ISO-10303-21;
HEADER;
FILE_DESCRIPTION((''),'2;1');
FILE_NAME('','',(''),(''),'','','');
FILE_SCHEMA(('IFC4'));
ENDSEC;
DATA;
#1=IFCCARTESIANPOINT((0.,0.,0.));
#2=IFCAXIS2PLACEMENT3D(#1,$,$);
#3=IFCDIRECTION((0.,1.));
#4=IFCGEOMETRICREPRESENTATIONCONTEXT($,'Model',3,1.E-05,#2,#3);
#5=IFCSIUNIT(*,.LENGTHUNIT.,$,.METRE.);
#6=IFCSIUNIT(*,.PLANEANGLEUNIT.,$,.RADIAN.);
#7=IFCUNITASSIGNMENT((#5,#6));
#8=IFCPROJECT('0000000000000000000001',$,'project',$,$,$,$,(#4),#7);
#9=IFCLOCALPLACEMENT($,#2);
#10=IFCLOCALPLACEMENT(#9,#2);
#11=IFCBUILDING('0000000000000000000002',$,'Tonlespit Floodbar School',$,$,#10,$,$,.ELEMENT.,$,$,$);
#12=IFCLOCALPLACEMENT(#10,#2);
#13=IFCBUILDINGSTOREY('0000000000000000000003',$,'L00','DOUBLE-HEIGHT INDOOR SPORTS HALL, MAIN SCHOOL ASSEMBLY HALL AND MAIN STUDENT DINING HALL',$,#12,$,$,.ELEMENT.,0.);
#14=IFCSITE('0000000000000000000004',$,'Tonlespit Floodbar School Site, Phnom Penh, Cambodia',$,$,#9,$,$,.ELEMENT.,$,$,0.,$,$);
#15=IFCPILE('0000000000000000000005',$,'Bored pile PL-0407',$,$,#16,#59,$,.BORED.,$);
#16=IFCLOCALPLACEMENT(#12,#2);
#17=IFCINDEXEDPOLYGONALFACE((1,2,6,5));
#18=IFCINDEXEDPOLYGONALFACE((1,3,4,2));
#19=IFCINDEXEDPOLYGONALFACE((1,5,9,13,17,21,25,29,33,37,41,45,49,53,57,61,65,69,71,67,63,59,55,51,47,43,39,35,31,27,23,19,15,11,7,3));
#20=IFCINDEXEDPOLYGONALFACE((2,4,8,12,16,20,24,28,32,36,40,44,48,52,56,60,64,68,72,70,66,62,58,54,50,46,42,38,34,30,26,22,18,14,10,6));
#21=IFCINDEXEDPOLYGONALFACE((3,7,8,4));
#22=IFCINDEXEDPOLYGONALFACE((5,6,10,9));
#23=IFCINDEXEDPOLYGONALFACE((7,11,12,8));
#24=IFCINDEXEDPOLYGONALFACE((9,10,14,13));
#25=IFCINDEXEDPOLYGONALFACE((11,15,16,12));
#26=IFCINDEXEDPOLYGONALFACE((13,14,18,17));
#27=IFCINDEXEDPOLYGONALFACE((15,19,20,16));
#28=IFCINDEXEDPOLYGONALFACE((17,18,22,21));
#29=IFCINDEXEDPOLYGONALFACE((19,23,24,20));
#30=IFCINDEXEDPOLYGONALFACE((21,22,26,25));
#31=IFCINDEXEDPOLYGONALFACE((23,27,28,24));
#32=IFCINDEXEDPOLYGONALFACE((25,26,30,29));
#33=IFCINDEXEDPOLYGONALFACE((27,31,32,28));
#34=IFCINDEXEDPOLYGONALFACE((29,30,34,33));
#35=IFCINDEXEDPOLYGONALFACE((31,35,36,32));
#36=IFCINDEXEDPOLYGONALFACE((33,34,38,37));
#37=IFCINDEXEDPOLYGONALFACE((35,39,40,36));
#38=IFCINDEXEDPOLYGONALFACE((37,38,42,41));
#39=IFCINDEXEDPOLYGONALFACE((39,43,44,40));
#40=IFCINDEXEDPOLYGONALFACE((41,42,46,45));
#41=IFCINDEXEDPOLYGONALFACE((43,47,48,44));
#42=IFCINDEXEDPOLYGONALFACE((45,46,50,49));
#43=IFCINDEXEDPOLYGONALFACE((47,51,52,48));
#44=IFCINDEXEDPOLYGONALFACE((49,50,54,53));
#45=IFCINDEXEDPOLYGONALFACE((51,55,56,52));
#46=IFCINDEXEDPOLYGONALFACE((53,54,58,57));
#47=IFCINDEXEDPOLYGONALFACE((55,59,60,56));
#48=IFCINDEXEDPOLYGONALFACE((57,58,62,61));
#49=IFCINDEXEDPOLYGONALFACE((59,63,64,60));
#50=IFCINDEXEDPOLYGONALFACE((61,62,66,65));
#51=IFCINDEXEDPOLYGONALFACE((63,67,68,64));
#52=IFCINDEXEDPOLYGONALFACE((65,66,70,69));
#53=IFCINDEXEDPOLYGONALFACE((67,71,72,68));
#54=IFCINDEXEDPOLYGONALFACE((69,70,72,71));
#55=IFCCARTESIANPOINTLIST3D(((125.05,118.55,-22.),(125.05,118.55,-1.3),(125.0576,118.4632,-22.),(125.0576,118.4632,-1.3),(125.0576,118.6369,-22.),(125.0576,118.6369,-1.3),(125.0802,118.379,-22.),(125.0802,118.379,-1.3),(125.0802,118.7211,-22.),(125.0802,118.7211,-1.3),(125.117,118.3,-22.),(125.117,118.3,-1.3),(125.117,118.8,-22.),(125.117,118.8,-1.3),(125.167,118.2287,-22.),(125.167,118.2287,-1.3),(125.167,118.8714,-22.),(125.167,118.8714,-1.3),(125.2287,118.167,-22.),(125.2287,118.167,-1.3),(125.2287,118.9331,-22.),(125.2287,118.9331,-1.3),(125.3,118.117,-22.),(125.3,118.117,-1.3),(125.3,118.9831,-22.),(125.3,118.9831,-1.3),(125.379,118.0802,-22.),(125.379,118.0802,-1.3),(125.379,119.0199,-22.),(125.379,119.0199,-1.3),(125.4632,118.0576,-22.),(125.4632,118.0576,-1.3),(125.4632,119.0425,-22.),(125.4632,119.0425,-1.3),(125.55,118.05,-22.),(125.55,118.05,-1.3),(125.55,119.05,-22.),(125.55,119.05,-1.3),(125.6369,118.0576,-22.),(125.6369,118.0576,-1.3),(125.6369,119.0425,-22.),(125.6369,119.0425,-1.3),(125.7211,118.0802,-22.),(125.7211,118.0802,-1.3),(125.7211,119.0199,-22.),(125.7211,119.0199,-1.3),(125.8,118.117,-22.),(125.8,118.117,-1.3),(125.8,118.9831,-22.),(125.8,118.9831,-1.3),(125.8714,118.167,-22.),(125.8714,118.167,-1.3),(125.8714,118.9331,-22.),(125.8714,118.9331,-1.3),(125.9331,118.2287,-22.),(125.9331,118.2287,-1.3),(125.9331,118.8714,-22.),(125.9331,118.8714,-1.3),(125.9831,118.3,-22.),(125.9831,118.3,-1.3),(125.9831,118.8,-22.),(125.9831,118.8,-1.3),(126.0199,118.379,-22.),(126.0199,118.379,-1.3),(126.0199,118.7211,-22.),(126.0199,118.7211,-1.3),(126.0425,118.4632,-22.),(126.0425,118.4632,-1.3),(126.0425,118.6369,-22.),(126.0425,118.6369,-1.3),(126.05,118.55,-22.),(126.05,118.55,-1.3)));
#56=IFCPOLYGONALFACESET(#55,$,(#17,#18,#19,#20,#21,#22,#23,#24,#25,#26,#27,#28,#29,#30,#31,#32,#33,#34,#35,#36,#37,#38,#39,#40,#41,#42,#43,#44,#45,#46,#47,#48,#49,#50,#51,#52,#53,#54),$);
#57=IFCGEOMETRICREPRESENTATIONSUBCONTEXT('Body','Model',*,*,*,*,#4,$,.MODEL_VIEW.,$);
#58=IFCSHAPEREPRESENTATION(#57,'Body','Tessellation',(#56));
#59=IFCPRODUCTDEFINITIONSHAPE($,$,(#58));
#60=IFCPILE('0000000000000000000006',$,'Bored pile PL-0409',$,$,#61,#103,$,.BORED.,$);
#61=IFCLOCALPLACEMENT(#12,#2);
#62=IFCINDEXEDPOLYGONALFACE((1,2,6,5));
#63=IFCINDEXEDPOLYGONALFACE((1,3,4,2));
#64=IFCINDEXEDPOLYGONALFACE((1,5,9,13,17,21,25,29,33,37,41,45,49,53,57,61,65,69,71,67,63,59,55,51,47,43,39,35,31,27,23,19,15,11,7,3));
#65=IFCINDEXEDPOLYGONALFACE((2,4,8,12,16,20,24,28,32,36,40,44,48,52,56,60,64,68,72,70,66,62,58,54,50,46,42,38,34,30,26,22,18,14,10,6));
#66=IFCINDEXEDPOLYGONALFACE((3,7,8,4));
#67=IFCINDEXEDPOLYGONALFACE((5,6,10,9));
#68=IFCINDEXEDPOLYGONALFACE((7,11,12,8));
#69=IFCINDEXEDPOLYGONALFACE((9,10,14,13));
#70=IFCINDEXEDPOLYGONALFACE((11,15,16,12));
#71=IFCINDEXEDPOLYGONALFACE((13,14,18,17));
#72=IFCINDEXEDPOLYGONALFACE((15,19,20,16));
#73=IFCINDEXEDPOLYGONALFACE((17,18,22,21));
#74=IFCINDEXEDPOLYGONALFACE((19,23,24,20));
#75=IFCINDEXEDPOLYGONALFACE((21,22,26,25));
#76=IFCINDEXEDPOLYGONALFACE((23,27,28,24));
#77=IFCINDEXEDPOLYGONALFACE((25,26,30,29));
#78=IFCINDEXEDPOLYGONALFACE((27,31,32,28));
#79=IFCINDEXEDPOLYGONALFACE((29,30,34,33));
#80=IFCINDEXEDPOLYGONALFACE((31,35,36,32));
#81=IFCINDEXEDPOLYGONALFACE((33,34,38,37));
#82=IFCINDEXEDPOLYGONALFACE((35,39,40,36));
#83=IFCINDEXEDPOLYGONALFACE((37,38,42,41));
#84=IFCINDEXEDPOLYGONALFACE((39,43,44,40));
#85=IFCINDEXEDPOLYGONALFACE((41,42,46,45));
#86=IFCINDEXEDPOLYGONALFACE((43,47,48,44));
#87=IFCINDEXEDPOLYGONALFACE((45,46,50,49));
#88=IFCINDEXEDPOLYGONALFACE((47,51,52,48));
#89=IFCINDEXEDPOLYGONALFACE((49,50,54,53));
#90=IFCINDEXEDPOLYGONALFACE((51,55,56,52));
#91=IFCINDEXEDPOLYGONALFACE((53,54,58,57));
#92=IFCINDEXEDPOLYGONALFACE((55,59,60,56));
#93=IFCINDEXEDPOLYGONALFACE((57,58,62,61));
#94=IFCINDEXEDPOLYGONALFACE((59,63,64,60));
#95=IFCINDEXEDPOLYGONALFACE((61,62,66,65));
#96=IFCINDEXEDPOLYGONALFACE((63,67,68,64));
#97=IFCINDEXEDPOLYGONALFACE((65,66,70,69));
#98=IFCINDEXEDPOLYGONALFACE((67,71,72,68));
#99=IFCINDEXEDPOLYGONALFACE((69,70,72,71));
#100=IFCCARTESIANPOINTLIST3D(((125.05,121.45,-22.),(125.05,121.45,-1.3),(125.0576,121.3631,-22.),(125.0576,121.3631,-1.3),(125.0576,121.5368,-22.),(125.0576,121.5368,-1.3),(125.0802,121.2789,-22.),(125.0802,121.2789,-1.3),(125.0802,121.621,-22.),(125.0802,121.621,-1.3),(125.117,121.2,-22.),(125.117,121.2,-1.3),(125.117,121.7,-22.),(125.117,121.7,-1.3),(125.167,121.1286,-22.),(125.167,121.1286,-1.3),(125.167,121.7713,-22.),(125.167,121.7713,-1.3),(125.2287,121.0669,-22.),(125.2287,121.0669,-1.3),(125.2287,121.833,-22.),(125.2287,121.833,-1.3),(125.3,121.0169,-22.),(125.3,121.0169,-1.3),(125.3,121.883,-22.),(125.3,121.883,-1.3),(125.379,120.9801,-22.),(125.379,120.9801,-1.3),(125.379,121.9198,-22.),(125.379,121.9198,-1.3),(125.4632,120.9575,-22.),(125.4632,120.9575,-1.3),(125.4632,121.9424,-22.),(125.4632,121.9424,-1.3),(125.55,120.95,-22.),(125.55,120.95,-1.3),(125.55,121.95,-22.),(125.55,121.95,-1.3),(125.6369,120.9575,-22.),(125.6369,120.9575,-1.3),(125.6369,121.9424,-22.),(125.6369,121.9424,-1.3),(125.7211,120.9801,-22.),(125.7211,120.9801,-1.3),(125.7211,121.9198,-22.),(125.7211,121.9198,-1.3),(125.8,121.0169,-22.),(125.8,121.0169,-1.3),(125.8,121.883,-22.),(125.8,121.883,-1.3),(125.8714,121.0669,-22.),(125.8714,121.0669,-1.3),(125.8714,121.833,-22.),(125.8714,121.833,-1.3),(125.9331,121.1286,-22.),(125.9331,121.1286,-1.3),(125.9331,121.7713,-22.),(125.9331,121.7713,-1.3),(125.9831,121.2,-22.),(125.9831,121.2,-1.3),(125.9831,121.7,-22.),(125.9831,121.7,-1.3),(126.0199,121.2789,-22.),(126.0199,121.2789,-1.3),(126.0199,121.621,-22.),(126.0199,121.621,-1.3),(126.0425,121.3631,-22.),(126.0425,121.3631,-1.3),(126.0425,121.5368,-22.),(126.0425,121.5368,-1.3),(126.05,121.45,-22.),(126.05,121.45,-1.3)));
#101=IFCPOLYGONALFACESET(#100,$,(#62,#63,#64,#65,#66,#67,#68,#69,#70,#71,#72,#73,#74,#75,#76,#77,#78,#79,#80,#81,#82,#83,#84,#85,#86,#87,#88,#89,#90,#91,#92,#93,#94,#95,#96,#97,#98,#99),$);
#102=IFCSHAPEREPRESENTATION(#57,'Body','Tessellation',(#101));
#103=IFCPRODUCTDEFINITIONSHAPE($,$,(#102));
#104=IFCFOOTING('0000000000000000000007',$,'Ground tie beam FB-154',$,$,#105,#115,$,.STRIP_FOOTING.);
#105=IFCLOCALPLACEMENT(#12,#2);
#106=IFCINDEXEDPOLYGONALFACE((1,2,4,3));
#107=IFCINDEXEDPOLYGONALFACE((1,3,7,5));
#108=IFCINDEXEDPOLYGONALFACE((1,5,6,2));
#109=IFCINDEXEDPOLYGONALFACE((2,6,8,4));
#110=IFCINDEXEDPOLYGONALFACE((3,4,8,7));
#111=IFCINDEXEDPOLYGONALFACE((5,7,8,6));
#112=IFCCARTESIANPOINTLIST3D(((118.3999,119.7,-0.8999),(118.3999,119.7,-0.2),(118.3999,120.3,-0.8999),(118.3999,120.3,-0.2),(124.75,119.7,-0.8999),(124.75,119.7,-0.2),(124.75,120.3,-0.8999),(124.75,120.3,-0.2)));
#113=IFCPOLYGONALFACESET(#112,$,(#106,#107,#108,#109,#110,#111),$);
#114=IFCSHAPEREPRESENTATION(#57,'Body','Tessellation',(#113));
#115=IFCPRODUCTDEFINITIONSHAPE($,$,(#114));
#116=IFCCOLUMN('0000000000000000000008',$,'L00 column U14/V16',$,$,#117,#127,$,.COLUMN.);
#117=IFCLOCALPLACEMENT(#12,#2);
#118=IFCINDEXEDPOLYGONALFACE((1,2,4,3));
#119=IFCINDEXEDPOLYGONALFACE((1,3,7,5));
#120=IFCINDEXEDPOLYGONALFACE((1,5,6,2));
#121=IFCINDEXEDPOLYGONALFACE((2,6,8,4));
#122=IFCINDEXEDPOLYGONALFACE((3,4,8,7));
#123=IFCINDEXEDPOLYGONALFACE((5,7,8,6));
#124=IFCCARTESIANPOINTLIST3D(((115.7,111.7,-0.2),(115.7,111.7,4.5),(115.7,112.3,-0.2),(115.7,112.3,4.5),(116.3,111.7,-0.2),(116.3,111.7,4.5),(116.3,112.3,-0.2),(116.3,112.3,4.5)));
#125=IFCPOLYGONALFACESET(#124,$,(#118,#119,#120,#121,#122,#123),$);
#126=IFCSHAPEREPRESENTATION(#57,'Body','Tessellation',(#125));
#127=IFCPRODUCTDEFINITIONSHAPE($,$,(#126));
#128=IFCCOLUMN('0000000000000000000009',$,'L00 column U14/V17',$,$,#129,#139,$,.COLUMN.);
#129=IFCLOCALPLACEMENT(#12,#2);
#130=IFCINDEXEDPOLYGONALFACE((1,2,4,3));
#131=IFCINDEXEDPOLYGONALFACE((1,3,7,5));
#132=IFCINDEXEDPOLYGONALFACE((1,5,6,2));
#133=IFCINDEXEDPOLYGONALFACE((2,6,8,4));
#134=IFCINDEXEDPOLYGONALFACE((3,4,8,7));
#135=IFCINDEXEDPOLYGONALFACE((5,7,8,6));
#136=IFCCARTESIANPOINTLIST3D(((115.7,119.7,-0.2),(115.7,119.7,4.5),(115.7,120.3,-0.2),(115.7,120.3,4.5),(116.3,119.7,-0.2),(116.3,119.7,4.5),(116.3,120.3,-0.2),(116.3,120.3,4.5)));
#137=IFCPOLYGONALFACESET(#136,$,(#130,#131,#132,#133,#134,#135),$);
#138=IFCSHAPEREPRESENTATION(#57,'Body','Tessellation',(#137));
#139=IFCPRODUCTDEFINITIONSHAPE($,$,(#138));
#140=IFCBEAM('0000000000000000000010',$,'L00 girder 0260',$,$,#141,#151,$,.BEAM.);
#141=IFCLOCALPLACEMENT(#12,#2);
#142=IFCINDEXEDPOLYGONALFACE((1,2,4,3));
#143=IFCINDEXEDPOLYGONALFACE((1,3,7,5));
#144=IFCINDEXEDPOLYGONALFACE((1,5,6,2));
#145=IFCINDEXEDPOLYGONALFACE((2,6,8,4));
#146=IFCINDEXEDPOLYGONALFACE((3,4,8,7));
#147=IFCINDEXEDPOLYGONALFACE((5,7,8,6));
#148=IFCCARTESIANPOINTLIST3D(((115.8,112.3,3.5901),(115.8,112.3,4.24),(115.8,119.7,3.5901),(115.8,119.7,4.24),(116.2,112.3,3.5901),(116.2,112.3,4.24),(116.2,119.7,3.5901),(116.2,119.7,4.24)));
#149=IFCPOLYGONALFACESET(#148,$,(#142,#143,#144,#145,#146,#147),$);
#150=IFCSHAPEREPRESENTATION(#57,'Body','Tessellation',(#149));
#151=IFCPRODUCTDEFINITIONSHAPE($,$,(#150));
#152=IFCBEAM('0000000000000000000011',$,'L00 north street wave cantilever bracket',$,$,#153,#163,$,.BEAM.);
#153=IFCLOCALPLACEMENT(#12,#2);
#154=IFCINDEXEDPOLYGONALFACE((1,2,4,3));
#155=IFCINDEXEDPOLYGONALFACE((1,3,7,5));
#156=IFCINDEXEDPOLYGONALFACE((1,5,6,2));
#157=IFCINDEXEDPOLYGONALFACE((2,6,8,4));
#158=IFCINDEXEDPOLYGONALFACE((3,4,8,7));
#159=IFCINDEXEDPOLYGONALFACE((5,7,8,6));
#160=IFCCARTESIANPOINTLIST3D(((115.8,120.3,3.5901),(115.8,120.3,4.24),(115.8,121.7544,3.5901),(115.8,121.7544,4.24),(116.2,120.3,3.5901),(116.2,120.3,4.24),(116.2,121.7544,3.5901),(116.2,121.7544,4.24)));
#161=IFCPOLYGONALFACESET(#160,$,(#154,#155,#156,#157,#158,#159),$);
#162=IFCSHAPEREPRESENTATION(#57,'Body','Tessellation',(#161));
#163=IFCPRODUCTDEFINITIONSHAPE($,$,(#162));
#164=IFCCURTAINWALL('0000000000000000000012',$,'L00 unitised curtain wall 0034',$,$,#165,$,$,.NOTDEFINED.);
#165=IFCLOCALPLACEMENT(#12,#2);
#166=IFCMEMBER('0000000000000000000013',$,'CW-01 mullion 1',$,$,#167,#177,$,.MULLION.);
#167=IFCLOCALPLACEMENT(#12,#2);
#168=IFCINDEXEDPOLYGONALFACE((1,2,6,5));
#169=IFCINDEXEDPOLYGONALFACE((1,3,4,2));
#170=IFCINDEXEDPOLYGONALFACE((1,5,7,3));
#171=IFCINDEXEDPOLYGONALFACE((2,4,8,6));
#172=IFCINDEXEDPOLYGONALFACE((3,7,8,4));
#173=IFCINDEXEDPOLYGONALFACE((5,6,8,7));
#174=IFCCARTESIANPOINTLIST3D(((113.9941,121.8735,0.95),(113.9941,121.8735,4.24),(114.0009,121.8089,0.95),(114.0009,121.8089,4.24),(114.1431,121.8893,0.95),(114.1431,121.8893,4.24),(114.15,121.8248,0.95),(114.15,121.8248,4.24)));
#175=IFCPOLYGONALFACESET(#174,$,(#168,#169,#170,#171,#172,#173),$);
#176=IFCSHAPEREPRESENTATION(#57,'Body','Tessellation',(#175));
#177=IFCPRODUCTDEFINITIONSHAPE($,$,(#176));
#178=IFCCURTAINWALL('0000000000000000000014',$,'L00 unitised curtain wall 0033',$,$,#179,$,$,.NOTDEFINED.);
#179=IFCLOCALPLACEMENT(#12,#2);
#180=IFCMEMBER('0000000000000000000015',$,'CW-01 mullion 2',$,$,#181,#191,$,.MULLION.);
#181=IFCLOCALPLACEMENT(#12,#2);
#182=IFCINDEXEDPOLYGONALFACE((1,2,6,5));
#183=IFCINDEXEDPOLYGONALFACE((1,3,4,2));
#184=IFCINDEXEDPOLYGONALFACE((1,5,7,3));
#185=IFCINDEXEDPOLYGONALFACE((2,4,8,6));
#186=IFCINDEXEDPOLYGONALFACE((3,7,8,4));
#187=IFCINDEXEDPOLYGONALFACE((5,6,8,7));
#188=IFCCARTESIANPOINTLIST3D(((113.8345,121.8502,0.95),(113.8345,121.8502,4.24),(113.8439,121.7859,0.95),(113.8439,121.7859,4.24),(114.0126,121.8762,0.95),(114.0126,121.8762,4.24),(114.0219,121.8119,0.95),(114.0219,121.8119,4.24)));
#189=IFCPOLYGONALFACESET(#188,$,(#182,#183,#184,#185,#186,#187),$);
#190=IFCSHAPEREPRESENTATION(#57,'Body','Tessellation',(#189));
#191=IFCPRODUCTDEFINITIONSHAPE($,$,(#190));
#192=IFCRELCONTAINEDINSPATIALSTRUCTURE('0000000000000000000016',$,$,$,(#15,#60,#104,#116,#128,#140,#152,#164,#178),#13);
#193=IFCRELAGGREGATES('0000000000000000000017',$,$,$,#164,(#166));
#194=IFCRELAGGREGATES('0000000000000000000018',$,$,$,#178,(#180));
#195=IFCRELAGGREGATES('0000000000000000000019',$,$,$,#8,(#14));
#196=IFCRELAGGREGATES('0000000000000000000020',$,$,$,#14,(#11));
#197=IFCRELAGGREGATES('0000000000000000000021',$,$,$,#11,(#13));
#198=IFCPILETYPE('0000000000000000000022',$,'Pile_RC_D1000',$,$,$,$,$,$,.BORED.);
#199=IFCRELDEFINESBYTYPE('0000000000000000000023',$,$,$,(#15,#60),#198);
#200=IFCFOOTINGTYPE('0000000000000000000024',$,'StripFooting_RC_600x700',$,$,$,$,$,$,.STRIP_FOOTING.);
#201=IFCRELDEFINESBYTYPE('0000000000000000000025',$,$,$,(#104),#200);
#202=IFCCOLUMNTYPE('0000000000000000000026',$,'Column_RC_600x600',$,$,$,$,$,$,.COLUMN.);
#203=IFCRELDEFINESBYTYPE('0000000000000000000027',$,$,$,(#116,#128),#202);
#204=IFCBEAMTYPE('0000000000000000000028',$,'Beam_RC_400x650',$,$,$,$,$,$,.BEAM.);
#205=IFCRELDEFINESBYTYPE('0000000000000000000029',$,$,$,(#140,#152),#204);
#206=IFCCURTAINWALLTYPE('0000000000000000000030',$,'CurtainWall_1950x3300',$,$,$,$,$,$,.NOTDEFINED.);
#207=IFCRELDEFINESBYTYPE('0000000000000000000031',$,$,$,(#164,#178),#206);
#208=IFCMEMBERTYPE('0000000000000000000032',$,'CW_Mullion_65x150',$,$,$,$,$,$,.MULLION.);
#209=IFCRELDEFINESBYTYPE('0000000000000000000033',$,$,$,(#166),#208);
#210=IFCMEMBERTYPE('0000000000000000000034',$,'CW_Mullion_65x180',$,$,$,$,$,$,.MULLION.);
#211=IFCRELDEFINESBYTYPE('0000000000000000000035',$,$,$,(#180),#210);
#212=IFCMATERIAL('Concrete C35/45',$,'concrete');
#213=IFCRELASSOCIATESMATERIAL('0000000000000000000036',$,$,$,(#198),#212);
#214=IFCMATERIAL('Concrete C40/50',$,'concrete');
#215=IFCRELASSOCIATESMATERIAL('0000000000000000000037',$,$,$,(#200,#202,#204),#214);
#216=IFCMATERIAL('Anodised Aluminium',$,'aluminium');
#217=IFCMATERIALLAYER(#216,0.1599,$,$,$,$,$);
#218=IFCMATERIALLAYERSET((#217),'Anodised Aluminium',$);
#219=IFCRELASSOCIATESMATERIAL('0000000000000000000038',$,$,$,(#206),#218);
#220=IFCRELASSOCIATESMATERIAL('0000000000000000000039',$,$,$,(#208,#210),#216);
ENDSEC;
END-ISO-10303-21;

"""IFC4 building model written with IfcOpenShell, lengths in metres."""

from ifc_helpers import new_model, si_unit, direction, frame, origin, origin_2d, place, context, subcontext, project, spatial, rectangle, circle, extrude, material, layer, layer_set, material_profile, profile_set, type_object, element, aggregate, save


model = new_model("IFC4")

# Units and contexts
model_context = context("Model", 3, precision=1e-05, world=origin(), true_north=direction((0.0, 1.0)))
body_context = subcontext(model_context, "Body", "Model", "MODEL_VIEW")
ifc_project = project(units=[si_unit("LENGTHUNIT", "METRE"), si_unit("PLANEANGLEUNIT", "RADIAN")], contexts=[model_context])

# Site, building, storey
site_placement = place(None, origin())
site = spatial("IfcSite", under=ifc_project, at=site_placement, Name="Tonlespit Floodbar School Site, Phnom Penh, Cambodia", CompositionType="ELEMENT", RefElevation=0.0)
building_placement = place(site_placement, origin())
building = spatial("IfcBuilding", under=site, at=building_placement, Name="Tonlespit Floodbar School", CompositionType="ELEMENT")
storey_placement = place(building_placement, origin())
storey = spatial("IfcBuildingStorey", under=building, at=storey_placement, Name="L00", Description="DOUBLE-HEIGHT INDOOR SPORTS HALL, MAIN SCHOOL ASSEMBLY HALL AND MAIN STUDENT DINING HALL", CompositionType="ELEMENT", Elevation=0.0)

# Shared definitions
ifc_material_1 = material(Name="Concrete C40/50", Category="concrete")

# Piles
ifc_material_2 = material(Name="Concrete C35/45", Category="concrete")
ifc_material_profile_1 = material_profile(ifc_material_2, circle(Radius=0.5, at=origin_2d()), Name="BP D1000")
ifc_profile_set_1 = profile_set([ifc_material_profile_1], Name="Concrete C35/45")
pile_type = type_object("IfcPileType", Name="Pile_RC_D1000", PredefinedType="BORED", material=ifc_profile_set_1)
for number, where, z_axis, x_axis, name in (
    (1, (125.55, 118.55, -1.3), (0.0, 0.0, -1.0), (1.0, 0.0, 0.0), "Bored pile PL-0407"),
    (2, (125.55, 121.45, -1.3), (0.0, 0.0, -1.0), (1.0, 0.0, 0.0), "Bored pile PL-0409"),
):
    element("IfcPile", number, at=place(storey_placement, frame(where, z_axis=z_axis, x_axis=x_axis)), inside=storey, type_object=pile_type, Name=name, PredefinedType="BORED", context=body_context, shape_type="SweptSolid", body=[
        extrude(circle(Radius=0.5, at=origin_2d()), origin(), (0.0, 0.0, 1.0), 20.7),
    ])

# Footing
footing_type_1 = type_object("IfcFootingType", Name="StripFooting_RC_600x700", PredefinedType="STRIP_FOOTING", material=ifc_material_1)
footing_1_placement = place(storey_placement, frame((121.575, 120.0, -0.8999), z_axis=(0.0, 0.0, 1.0), x_axis=(1.0, 0.0, 0.0)))
element("IfcFooting", 3, at=footing_1_placement, inside=storey, type_object=footing_type_1, Name="Ground tie beam FB-154", PredefinedType="STRIP_FOOTING", context=body_context, shape_type="SweptSolid", body=[
    extrude(rectangle(XDim=6.3501, YDim=0.6001, at=origin_2d()), origin(), (0.0, 0.0, 1.0), 0.7),
])

# Columns
ifc_material_profile_2 = material_profile(ifc_material_1, rectangle(XDim=0.6001, YDim=0.6001, at=origin_2d()), Name="RC 600x600")
ifc_profile_set_2 = profile_set([ifc_material_profile_2], Name="Concrete C40/50")
column_type = type_object("IfcColumnType", Name="Column_RC_600x600", PredefinedType="COLUMN", material=ifc_profile_set_2)
for number, where, z_axis, x_axis, name in (
    (4, (116.0, 112.0, -0.2), (0.0, 0.0, 1.0), (1.0, 0.0, 0.0), "L00 column U14/V16"),
    (5, (116.0, 120.0, -0.2), (0.0, 0.0, 1.0), (1.0, 0.0, 0.0), "L00 column U14/V17"),
):
    element("IfcColumn", number, at=place(storey_placement, frame(where, z_axis=z_axis, x_axis=x_axis)), inside=storey, type_object=column_type, Name=name, PredefinedType="COLUMN", context=body_context, shape_type="SweptSolid", body=[
        extrude(rectangle(XDim=0.6001, YDim=0.6001, at=origin_2d()), origin(), (0.0, 0.0, 1.0), 4.7),
    ])

# Beams
ifc_material_profile_3 = material_profile(ifc_material_1, rectangle(XDim=0.3999, YDim=0.6499, at=origin_2d()), Name="RC 400x650")
ifc_profile_set_3 = profile_set([ifc_material_profile_3], Name="Concrete C40/50")
beam_type_1 = type_object("IfcBeamType", Name="Beam_RC_400x650", PredefinedType="BEAM", material=ifc_profile_set_3)
beam_1_placement = place(storey_placement, frame((116.0, 112.3, 3.915), z_axis=(0.0, 1.0, 0.0), x_axis=(-1.0, 0.0, 0.0)))
element("IfcBeam", 6, at=beam_1_placement, inside=storey, type_object=beam_type_1, Name="L00 girder 0260", PredefinedType="BEAM", context=body_context, shape_type="SweptSolid", body=[
    extrude(rectangle(XDim=0.3999, YDim=0.6499, at=origin_2d()), origin(), (0.0, 0.0, 1.0), 7.3999),
])
beam_2_placement = place(storey_placement, frame((116.0, 120.3, 3.915), z_axis=(0.0, 1.0, 0.0), x_axis=(-1.0, 0.0, 0.0)))
element("IfcBeam", 7, at=beam_2_placement, inside=storey, type_object=beam_type_1, Name="L00 north street wave cantilever bracket", PredefinedType="BEAM", context=body_context, shape_type="SweptSolid", body=[
    extrude(rectangle(XDim=0.3999, YDim=0.6499, at=origin_2d()), origin(), (0.0, 0.0, 1.0), 1.4543),
])

# Curtain walls, members
ifc_material_3 = material(Name="Anodised Aluminium", Category="aluminium")
ifc_layer_1 = layer(ifc_material_3, 0.1599)
ifc_layer_set_1 = layer_set([ifc_layer_1], Name="Anodised Aluminium")
curtain_wall_type = type_object("IfcCurtainWallType", Name="CurtainWall_1950x3300", PredefinedType="NOTDEFINED", material=ifc_layer_set_1)
curtain_wall_1_placement = place(storey_placement, origin())
curtain_wall_1 = element("IfcCurtainWall", 8, at=curtain_wall_1_placement, inside=storey, type_object=curtain_wall_type, Name="L00 unitised curtain wall 0034", PredefinedType="NOTDEFINED")
ifc_material_profile_4 = material_profile(ifc_material_3, rectangle(XDim=0.0649, YDim=0.1499, at=origin_2d()), Name="ALU M65x150")
ifc_profile_set_4 = profile_set([ifc_material_profile_4], Name="Anodised Aluminium")
member_type_1 = type_object("IfcMemberType", Name="CW_Mullion_65x150", PredefinedType="MULLION", material=ifc_profile_set_4)
member_1_placement = place(storey_placement, frame((114.072, 121.8491, 0.95), z_axis=(0.0, 0.0, 1.0), x_axis=(-0.105787, 0.994389, 0.0)))
member_1 = element("IfcMember", 9, at=member_1_placement, type_object=member_type_1, Name="CW-01 mullion 1", PredefinedType="MULLION", context=body_context, shape_type="SweptSolid", body=[
    extrude(rectangle(XDim=0.0649, YDim=0.1499, at=origin_2d()), origin(), (0.0, 0.0, 1.0), 3.29),
])
curtain_wall_2_placement = place(storey_placement, origin())
curtain_wall_2 = element("IfcCurtainWall", 10, at=curtain_wall_2_placement, inside=storey, type_object=curtain_wall_type, Name="L00 unitised curtain wall 0033", PredefinedType="NOTDEFINED")
ifc_material_profile_5 = material_profile(ifc_material_3, rectangle(XDim=0.0649, YDim=0.1799, at=origin_2d()), Name="ALU M65x180")
ifc_profile_set_5 = profile_set([ifc_material_profile_5], Name="Anodised Aluminium")
member_type_2 = type_object("IfcMemberType", Name="CW_Mullion_65x180", PredefinedType="MULLION", material=ifc_profile_set_5)
member_2_placement = place(storey_placement, frame((113.9282, 121.8311, 0.95), z_axis=(0.0, 0.0, 1.0), x_axis=(-0.144248, 0.989542, 0.0)))
member_2 = element("IfcMember", 11, at=member_2_placement, type_object=member_type_2, Name="CW-01 mullion 2", PredefinedType="MULLION", context=body_context, shape_type="SweptSolid", body=[
    extrude(rectangle(XDim=0.0649, YDim=0.1799, at=origin_2d()), origin(), (0.0, 0.0, 1.0), 3.29),
])

aggregate(curtain_wall_1, [member_1])

aggregate(curtain_wall_2, [member_2])

save(model, "model.ifc")
